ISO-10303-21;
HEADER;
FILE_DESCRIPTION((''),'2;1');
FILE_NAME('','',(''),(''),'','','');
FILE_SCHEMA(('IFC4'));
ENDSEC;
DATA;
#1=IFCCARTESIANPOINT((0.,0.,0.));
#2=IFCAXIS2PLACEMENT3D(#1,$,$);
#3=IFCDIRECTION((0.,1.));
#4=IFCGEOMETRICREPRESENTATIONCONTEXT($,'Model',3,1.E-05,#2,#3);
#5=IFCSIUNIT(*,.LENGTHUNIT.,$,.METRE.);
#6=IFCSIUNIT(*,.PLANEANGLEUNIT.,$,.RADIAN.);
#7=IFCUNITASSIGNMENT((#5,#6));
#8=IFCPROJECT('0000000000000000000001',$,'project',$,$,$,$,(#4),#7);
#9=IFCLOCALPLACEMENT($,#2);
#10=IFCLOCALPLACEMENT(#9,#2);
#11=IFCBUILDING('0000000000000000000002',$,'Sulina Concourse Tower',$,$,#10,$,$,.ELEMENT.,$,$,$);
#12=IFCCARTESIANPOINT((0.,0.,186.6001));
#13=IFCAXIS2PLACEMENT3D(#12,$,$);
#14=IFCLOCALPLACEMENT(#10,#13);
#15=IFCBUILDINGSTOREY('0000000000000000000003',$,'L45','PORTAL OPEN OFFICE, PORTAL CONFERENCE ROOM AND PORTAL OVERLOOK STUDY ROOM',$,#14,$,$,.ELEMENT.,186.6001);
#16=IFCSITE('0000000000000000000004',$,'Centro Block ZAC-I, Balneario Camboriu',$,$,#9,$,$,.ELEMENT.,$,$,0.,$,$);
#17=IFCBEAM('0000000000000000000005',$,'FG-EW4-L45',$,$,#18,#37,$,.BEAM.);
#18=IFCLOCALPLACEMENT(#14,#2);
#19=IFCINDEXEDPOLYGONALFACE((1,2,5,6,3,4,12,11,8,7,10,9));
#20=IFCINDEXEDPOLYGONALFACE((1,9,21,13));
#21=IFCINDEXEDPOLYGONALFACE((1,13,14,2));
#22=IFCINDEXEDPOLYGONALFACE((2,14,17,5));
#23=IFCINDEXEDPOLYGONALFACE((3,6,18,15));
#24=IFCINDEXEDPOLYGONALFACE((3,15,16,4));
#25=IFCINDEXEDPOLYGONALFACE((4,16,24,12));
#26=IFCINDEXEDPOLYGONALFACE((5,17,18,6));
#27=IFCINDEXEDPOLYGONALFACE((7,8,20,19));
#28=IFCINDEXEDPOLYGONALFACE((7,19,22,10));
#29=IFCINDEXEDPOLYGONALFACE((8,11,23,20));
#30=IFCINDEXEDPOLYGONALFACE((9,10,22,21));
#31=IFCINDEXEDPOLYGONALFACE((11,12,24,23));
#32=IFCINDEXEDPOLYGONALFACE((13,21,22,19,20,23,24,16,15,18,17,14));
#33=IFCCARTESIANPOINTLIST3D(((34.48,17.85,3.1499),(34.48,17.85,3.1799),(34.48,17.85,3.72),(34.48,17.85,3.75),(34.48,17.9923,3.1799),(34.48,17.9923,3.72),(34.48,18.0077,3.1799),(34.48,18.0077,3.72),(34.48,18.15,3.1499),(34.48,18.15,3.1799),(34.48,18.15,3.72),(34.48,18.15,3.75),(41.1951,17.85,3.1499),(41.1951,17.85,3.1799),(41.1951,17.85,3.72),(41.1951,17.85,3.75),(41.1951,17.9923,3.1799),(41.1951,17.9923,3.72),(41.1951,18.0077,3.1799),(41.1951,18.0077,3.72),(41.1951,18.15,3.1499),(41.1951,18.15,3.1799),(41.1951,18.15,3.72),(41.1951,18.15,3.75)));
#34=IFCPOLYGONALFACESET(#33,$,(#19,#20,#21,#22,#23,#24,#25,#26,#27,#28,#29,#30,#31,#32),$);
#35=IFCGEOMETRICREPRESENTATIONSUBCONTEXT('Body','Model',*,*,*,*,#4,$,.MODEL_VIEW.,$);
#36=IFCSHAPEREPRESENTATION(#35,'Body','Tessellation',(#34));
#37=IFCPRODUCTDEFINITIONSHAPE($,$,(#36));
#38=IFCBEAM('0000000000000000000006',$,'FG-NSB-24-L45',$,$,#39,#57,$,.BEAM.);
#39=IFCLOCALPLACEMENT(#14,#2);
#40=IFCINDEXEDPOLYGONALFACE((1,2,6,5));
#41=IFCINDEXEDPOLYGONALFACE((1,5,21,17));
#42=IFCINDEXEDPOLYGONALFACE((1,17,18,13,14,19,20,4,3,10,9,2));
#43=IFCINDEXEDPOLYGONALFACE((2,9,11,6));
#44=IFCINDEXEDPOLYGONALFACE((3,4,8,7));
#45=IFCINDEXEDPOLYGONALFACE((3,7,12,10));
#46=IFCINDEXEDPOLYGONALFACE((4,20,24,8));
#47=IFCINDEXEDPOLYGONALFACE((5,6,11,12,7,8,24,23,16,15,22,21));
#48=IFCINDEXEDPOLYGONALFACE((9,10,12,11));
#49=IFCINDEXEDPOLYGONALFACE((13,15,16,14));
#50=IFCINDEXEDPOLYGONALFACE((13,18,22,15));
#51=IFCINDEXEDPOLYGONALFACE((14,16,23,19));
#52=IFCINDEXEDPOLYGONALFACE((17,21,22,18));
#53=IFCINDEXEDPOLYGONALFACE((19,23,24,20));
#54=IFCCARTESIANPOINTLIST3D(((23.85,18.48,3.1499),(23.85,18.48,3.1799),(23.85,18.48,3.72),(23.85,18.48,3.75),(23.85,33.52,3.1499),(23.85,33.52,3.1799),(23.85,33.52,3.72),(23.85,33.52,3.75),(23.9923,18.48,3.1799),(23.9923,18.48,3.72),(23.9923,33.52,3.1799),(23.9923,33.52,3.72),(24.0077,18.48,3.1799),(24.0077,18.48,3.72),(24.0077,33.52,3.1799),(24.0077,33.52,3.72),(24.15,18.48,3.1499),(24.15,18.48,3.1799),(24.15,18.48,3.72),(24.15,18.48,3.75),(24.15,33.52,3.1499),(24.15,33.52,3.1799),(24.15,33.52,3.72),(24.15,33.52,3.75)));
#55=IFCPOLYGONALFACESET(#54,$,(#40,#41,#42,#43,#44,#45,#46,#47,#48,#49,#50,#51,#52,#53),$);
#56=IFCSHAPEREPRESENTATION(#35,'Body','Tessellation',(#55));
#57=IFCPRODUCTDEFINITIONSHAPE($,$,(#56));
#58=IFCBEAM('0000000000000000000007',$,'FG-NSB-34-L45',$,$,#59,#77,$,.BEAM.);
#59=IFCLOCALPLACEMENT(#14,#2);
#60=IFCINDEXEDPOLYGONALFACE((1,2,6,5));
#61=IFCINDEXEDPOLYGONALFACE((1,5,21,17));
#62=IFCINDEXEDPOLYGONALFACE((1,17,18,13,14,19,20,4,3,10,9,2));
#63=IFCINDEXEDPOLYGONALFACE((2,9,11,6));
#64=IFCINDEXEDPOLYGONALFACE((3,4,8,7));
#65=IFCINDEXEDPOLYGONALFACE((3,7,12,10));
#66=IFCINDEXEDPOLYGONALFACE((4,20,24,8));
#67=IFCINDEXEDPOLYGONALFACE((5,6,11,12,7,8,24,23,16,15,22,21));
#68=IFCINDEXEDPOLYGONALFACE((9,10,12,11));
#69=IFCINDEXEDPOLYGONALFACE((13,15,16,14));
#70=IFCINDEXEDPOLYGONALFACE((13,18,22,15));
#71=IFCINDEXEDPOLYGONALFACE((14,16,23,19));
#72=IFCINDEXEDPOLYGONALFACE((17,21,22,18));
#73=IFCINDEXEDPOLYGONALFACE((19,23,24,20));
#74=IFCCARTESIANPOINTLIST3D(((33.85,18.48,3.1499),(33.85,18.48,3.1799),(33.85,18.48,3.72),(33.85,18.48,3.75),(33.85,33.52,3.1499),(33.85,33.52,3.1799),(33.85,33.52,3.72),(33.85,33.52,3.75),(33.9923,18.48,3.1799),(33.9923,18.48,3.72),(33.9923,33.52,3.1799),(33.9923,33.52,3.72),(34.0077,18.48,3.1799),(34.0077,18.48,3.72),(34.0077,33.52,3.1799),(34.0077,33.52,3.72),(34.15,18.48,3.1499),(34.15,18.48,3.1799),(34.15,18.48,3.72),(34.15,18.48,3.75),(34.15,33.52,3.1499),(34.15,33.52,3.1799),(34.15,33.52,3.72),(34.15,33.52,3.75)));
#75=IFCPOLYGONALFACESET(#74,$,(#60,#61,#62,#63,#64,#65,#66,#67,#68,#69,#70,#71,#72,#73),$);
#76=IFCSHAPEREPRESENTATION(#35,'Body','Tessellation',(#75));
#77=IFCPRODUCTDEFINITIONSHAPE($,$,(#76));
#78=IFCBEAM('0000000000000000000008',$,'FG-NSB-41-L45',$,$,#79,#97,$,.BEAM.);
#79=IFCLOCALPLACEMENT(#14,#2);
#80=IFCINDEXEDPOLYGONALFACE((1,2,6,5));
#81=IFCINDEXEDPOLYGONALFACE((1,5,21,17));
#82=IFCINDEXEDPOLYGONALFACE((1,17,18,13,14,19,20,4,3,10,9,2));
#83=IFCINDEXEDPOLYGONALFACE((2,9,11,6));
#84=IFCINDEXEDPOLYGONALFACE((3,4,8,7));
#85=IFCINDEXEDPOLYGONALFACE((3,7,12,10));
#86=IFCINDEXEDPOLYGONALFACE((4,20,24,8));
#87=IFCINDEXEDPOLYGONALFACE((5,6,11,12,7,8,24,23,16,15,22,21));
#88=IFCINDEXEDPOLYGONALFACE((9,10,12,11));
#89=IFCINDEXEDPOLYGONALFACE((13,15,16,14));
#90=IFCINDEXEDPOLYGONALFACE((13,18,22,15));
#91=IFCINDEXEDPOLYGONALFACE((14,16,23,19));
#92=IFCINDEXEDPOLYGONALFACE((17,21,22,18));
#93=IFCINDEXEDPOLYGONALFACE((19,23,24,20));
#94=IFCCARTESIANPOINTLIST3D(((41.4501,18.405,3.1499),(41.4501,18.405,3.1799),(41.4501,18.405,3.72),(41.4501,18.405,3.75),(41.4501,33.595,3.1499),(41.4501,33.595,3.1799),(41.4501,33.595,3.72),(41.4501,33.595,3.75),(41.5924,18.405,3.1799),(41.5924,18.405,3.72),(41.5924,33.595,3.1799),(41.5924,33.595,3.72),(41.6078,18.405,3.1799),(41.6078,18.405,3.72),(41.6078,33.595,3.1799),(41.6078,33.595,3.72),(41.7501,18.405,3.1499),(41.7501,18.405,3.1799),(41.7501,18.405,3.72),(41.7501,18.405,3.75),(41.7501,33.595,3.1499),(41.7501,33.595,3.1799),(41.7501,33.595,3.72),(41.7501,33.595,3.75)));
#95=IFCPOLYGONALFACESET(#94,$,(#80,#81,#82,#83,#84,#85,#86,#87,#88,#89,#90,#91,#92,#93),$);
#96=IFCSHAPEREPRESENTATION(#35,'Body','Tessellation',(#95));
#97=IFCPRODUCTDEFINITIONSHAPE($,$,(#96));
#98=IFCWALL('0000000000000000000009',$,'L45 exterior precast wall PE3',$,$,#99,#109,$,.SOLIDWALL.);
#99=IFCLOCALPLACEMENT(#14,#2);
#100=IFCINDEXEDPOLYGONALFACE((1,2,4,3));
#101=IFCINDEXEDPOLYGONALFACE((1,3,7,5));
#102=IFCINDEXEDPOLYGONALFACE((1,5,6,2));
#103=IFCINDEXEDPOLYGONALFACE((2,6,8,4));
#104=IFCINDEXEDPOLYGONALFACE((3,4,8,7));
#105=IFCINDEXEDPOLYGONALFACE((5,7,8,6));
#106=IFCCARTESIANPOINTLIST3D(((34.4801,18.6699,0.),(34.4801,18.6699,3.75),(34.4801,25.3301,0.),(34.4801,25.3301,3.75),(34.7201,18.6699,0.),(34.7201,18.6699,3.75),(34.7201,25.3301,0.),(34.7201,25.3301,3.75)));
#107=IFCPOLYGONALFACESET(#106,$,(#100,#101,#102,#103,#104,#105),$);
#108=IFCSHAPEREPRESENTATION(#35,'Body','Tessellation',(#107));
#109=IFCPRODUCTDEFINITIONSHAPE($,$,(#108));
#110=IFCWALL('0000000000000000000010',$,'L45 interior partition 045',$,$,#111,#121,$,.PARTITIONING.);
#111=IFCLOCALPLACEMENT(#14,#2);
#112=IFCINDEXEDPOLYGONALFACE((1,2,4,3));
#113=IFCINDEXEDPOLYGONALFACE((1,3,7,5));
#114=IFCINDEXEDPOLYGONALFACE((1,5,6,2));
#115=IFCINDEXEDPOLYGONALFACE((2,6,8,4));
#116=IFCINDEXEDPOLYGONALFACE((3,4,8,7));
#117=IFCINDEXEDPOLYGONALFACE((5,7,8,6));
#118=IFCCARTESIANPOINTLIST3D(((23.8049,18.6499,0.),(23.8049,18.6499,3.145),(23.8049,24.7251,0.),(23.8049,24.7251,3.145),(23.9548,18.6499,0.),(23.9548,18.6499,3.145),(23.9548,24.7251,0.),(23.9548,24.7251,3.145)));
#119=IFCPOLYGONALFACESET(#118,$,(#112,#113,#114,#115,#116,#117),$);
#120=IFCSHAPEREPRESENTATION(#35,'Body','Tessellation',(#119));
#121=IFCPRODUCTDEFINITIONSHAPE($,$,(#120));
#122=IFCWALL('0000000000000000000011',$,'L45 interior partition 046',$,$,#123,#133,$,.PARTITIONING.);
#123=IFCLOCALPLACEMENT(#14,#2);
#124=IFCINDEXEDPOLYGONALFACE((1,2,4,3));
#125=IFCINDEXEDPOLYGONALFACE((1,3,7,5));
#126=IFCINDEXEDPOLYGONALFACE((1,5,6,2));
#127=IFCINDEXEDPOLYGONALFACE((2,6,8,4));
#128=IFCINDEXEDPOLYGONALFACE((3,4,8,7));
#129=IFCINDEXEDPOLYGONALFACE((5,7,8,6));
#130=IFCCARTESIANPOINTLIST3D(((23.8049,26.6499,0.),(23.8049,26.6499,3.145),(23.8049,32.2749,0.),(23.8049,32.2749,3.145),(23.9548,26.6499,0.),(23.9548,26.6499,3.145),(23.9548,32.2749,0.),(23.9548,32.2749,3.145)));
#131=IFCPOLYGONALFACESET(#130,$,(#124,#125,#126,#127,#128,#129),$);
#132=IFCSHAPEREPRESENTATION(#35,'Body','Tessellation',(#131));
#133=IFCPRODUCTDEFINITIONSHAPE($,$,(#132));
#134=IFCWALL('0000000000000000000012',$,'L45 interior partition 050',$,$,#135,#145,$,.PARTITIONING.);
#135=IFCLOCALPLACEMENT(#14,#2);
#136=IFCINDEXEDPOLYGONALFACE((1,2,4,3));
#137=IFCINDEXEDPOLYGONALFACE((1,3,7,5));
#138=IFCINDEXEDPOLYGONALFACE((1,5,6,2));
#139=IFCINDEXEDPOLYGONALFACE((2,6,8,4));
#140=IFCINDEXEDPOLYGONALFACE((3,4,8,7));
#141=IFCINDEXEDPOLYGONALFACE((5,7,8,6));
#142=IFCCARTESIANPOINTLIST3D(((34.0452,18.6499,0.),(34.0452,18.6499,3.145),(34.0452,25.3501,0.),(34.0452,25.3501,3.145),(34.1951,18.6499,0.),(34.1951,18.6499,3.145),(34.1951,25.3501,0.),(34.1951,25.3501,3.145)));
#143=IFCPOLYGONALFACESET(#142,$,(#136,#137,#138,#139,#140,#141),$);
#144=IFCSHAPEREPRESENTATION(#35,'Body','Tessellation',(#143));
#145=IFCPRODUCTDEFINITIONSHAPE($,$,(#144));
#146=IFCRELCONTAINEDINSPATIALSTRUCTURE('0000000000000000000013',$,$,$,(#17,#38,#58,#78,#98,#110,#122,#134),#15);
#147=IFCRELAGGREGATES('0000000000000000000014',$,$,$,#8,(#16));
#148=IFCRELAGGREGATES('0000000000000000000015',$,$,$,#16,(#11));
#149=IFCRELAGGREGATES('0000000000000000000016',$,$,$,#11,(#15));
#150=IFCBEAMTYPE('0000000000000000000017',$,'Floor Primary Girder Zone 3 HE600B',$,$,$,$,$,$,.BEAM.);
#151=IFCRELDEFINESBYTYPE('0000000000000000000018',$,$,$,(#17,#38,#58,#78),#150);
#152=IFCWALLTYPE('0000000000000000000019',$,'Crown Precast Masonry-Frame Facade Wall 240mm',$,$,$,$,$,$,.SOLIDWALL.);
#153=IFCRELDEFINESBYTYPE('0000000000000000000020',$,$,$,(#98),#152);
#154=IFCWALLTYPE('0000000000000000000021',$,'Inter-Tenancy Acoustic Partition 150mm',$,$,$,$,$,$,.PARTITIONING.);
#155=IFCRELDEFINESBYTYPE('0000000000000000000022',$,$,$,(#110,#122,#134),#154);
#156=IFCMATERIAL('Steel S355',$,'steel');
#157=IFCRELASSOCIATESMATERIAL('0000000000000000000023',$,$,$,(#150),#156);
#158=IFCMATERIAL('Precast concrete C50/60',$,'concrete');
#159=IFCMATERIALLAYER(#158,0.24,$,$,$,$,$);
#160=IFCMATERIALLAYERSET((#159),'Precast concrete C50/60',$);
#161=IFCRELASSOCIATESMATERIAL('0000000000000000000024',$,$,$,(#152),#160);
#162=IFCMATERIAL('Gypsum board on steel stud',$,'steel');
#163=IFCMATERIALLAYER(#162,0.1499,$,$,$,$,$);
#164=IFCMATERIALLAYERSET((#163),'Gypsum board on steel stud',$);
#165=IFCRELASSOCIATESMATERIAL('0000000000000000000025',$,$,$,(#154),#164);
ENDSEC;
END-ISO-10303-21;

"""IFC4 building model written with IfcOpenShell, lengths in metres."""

from ifc_helpers import new_model, si_unit, direction, frame, frame_2d, origin, origin_2d, place, context, subcontext, project, spatial, rectangle, i_section, extrude, material, layer, layer_set, material_profile, profile_set, type_object, element, save


model = new_model("IFC4")

# Units and contexts
model_context = context("Model", 3, precision=1e-05, world=origin(), true_north=direction((0.0, 1.0)))
body_context = subcontext(model_context, "Body", "Model", "MODEL_VIEW")
ifc_project = project(units=[si_unit("LENGTHUNIT", "METRE"), si_unit("PLANEANGLEUNIT", "RADIAN")], contexts=[model_context])

# Site, building, storey
site_placement = place(None, origin())
site = spatial("IfcSite", under=ifc_project, at=site_placement, Name="Centro Block ZAC-I, Balneario Camboriu", CompositionType="ELEMENT", RefElevation=0.0)
building_placement = place(site_placement, origin())
building = spatial("IfcBuilding", under=site, at=building_placement, Name="Sulina Concourse Tower", CompositionType="ELEMENT")
storey_placement = place(building_placement, frame((0.0, 0.0, 186.6001)))
storey = spatial("IfcBuildingStorey", under=building, at=storey_placement, Name="L45", Description="PORTAL OPEN OFFICE, PORTAL CONFERENCE ROOM AND PORTAL OVERLOOK STUDY ROOM", CompositionType="ELEMENT", Elevation=186.6001)

# Beams
ifc_material_1 = material(Name="Steel S355", Category="steel")
ifc_material_profile_1 = material_profile(ifc_material_1, i_section(OverallWidth=0.3, OverallDepth=0.6001, WebThickness=0.0154, FlangeThickness=0.03, at=origin_2d()), Name="HE 600 B")
ifc_profile_set_1 = profile_set([ifc_material_profile_1], Name="Steel S355")
beam_type_1 = type_object("IfcBeamType", Name="Floor Primary Girder Zone 3 HE600B", PredefinedType="BEAM", material=ifc_profile_set_1)
beam_1_placement = place(storey_placement, frame((34.48, 18.0, 3.45), z_axis=(1.0, 0.0, 0.0), x_axis=(0.0, 1.0, 0.0)))
element("IfcBeam", 1, at=beam_1_placement, inside=storey, type_object=beam_type_1, Name="FG-EW4-L45", PredefinedType="BEAM", context=body_context, shape_type="SweptSolid", body=[
    extrude(i_section(OverallWidth=0.3, OverallDepth=0.6001, WebThickness=0.0154, FlangeThickness=0.03, at=origin_2d()), origin(), (0.0, 0.0, 1.0), 6.7151),
])
for number, where, z_axis, x_axis, name in (
    (2, (24.0, 18.48, 3.45), (0.0, 1.0, 0.0), (-1.0, 0.0, 0.0), "FG-NSB-24-L45"),
    (3, (34.0, 18.48, 3.45), (0.0, 1.0, 0.0), (-1.0, 0.0, 0.0), "FG-NSB-34-L45"),
):
    element("IfcBeam", number, at=place(storey_placement, frame(where, z_axis=z_axis, x_axis=x_axis)), inside=storey, type_object=beam_type_1, Name=name, PredefinedType="BEAM", context=body_context, shape_type="SweptSolid", body=[
        extrude(i_section(OverallWidth=0.3, OverallDepth=0.6001, WebThickness=0.0154, FlangeThickness=0.03, at=origin_2d()), origin(), (0.0, 0.0, 1.0), 15.04),
    ])
beam_2_placement = place(storey_placement, frame((41.6001, 18.405, 3.45), z_axis=(0.0, 1.0, 0.0), x_axis=(-1.0, 0.0, 0.0)))
element("IfcBeam", 4, at=beam_2_placement, inside=storey, type_object=beam_type_1, Name="FG-NSB-41-L45", PredefinedType="BEAM", context=body_context, shape_type="SweptSolid", body=[
    extrude(i_section(OverallWidth=0.3, OverallDepth=0.6001, WebThickness=0.0154, FlangeThickness=0.03, at=origin_2d()), origin(), (0.0, 0.0, 1.0), 15.1899),
])

# Walls
ifc_material_2 = material(Name="Precast concrete C50/60", Category="concrete")
ifc_layer_1 = layer(ifc_material_2, 0.24)
ifc_layer_set_1 = layer_set([ifc_layer_1], Name="Precast concrete C50/60")
wall_type_1 = type_object("IfcWallType", Name="Crown Precast Masonry-Frame Facade Wall 240mm", PredefinedType="SOLIDWALL", material=ifc_layer_set_1)
wall_1_placement = place(storey_placement, frame((34.6001, 18.6699, 0.0), z_axis=(0.0, 0.0, 1.0), x_axis=(0.0, 1.0, 0.0)))
element("IfcWall", 5, at=wall_1_placement, inside=storey, type_object=wall_type_1, Name="L45 exterior precast wall PE3", PredefinedType="SOLIDWALL", context=body_context, shape_type="SweptSolid", body=[
    extrude(rectangle(XDim=6.6602, YDim=0.24, at=frame_2d((3.3301, 0.0))), origin(), (0.0, 0.0, 1.0), 3.75),
])
ifc_material_3 = material(Name="Gypsum board on steel stud", Category="steel")
ifc_layer_2 = layer(ifc_material_3, 0.1499)
ifc_layer_set_2 = layer_set([ifc_layer_2], Name="Gypsum board on steel stud")
wall_type_2 = type_object("IfcWallType", Name="Inter-Tenancy Acoustic Partition 150mm", PredefinedType="PARTITIONING", material=ifc_layer_set_2)
wall_2_placement = place(storey_placement, frame((23.8799, 18.6499, 0.0), z_axis=(0.0, 0.0, 1.0), x_axis=(0.0, 1.0, 0.0)))
element("IfcWall", 6, at=wall_2_placement, inside=storey, type_object=wall_type_2, Name="L45 interior partition 045", PredefinedType="PARTITIONING", context=body_context, shape_type="SweptSolid", body=[
    extrude(rectangle(XDim=6.0752, YDim=0.1499, at=frame_2d((3.0376, 0.0))), origin(), (0.0, 0.0, 1.0), 3.145),
])
wall_3_placement = place(storey_placement, frame((23.8799, 26.6499, 0.0), z_axis=(0.0, 0.0, 1.0), x_axis=(0.0, 1.0, 0.0)))
element("IfcWall", 7, at=wall_3_placement, inside=storey, type_object=wall_type_2, Name="L45 interior partition 046", PredefinedType="PARTITIONING", context=body_context, shape_type="SweptSolid", body=[
    extrude(rectangle(XDim=5.625, YDim=0.1499, at=frame_2d((2.8125, 0.0))), origin(), (0.0, 0.0, 1.0), 3.145),
])
wall_4_placement = place(storey_placement, frame((34.1201, 18.6499, 0.0), z_axis=(0.0, 0.0, 1.0), x_axis=(0.0, 1.0, 0.0)))
element("IfcWall", 8, at=wall_4_placement, inside=storey, type_object=wall_type_2, Name="L45 interior partition 050", PredefinedType="PARTITIONING", context=body_context, shape_type="SweptSolid", body=[
    extrude(rectangle(XDim=6.7002, YDim=0.1499, at=frame_2d((3.3501, 0.0))), origin(), (0.0, 0.0, 1.0), 3.145),
])

save(model, "model.ifc")
